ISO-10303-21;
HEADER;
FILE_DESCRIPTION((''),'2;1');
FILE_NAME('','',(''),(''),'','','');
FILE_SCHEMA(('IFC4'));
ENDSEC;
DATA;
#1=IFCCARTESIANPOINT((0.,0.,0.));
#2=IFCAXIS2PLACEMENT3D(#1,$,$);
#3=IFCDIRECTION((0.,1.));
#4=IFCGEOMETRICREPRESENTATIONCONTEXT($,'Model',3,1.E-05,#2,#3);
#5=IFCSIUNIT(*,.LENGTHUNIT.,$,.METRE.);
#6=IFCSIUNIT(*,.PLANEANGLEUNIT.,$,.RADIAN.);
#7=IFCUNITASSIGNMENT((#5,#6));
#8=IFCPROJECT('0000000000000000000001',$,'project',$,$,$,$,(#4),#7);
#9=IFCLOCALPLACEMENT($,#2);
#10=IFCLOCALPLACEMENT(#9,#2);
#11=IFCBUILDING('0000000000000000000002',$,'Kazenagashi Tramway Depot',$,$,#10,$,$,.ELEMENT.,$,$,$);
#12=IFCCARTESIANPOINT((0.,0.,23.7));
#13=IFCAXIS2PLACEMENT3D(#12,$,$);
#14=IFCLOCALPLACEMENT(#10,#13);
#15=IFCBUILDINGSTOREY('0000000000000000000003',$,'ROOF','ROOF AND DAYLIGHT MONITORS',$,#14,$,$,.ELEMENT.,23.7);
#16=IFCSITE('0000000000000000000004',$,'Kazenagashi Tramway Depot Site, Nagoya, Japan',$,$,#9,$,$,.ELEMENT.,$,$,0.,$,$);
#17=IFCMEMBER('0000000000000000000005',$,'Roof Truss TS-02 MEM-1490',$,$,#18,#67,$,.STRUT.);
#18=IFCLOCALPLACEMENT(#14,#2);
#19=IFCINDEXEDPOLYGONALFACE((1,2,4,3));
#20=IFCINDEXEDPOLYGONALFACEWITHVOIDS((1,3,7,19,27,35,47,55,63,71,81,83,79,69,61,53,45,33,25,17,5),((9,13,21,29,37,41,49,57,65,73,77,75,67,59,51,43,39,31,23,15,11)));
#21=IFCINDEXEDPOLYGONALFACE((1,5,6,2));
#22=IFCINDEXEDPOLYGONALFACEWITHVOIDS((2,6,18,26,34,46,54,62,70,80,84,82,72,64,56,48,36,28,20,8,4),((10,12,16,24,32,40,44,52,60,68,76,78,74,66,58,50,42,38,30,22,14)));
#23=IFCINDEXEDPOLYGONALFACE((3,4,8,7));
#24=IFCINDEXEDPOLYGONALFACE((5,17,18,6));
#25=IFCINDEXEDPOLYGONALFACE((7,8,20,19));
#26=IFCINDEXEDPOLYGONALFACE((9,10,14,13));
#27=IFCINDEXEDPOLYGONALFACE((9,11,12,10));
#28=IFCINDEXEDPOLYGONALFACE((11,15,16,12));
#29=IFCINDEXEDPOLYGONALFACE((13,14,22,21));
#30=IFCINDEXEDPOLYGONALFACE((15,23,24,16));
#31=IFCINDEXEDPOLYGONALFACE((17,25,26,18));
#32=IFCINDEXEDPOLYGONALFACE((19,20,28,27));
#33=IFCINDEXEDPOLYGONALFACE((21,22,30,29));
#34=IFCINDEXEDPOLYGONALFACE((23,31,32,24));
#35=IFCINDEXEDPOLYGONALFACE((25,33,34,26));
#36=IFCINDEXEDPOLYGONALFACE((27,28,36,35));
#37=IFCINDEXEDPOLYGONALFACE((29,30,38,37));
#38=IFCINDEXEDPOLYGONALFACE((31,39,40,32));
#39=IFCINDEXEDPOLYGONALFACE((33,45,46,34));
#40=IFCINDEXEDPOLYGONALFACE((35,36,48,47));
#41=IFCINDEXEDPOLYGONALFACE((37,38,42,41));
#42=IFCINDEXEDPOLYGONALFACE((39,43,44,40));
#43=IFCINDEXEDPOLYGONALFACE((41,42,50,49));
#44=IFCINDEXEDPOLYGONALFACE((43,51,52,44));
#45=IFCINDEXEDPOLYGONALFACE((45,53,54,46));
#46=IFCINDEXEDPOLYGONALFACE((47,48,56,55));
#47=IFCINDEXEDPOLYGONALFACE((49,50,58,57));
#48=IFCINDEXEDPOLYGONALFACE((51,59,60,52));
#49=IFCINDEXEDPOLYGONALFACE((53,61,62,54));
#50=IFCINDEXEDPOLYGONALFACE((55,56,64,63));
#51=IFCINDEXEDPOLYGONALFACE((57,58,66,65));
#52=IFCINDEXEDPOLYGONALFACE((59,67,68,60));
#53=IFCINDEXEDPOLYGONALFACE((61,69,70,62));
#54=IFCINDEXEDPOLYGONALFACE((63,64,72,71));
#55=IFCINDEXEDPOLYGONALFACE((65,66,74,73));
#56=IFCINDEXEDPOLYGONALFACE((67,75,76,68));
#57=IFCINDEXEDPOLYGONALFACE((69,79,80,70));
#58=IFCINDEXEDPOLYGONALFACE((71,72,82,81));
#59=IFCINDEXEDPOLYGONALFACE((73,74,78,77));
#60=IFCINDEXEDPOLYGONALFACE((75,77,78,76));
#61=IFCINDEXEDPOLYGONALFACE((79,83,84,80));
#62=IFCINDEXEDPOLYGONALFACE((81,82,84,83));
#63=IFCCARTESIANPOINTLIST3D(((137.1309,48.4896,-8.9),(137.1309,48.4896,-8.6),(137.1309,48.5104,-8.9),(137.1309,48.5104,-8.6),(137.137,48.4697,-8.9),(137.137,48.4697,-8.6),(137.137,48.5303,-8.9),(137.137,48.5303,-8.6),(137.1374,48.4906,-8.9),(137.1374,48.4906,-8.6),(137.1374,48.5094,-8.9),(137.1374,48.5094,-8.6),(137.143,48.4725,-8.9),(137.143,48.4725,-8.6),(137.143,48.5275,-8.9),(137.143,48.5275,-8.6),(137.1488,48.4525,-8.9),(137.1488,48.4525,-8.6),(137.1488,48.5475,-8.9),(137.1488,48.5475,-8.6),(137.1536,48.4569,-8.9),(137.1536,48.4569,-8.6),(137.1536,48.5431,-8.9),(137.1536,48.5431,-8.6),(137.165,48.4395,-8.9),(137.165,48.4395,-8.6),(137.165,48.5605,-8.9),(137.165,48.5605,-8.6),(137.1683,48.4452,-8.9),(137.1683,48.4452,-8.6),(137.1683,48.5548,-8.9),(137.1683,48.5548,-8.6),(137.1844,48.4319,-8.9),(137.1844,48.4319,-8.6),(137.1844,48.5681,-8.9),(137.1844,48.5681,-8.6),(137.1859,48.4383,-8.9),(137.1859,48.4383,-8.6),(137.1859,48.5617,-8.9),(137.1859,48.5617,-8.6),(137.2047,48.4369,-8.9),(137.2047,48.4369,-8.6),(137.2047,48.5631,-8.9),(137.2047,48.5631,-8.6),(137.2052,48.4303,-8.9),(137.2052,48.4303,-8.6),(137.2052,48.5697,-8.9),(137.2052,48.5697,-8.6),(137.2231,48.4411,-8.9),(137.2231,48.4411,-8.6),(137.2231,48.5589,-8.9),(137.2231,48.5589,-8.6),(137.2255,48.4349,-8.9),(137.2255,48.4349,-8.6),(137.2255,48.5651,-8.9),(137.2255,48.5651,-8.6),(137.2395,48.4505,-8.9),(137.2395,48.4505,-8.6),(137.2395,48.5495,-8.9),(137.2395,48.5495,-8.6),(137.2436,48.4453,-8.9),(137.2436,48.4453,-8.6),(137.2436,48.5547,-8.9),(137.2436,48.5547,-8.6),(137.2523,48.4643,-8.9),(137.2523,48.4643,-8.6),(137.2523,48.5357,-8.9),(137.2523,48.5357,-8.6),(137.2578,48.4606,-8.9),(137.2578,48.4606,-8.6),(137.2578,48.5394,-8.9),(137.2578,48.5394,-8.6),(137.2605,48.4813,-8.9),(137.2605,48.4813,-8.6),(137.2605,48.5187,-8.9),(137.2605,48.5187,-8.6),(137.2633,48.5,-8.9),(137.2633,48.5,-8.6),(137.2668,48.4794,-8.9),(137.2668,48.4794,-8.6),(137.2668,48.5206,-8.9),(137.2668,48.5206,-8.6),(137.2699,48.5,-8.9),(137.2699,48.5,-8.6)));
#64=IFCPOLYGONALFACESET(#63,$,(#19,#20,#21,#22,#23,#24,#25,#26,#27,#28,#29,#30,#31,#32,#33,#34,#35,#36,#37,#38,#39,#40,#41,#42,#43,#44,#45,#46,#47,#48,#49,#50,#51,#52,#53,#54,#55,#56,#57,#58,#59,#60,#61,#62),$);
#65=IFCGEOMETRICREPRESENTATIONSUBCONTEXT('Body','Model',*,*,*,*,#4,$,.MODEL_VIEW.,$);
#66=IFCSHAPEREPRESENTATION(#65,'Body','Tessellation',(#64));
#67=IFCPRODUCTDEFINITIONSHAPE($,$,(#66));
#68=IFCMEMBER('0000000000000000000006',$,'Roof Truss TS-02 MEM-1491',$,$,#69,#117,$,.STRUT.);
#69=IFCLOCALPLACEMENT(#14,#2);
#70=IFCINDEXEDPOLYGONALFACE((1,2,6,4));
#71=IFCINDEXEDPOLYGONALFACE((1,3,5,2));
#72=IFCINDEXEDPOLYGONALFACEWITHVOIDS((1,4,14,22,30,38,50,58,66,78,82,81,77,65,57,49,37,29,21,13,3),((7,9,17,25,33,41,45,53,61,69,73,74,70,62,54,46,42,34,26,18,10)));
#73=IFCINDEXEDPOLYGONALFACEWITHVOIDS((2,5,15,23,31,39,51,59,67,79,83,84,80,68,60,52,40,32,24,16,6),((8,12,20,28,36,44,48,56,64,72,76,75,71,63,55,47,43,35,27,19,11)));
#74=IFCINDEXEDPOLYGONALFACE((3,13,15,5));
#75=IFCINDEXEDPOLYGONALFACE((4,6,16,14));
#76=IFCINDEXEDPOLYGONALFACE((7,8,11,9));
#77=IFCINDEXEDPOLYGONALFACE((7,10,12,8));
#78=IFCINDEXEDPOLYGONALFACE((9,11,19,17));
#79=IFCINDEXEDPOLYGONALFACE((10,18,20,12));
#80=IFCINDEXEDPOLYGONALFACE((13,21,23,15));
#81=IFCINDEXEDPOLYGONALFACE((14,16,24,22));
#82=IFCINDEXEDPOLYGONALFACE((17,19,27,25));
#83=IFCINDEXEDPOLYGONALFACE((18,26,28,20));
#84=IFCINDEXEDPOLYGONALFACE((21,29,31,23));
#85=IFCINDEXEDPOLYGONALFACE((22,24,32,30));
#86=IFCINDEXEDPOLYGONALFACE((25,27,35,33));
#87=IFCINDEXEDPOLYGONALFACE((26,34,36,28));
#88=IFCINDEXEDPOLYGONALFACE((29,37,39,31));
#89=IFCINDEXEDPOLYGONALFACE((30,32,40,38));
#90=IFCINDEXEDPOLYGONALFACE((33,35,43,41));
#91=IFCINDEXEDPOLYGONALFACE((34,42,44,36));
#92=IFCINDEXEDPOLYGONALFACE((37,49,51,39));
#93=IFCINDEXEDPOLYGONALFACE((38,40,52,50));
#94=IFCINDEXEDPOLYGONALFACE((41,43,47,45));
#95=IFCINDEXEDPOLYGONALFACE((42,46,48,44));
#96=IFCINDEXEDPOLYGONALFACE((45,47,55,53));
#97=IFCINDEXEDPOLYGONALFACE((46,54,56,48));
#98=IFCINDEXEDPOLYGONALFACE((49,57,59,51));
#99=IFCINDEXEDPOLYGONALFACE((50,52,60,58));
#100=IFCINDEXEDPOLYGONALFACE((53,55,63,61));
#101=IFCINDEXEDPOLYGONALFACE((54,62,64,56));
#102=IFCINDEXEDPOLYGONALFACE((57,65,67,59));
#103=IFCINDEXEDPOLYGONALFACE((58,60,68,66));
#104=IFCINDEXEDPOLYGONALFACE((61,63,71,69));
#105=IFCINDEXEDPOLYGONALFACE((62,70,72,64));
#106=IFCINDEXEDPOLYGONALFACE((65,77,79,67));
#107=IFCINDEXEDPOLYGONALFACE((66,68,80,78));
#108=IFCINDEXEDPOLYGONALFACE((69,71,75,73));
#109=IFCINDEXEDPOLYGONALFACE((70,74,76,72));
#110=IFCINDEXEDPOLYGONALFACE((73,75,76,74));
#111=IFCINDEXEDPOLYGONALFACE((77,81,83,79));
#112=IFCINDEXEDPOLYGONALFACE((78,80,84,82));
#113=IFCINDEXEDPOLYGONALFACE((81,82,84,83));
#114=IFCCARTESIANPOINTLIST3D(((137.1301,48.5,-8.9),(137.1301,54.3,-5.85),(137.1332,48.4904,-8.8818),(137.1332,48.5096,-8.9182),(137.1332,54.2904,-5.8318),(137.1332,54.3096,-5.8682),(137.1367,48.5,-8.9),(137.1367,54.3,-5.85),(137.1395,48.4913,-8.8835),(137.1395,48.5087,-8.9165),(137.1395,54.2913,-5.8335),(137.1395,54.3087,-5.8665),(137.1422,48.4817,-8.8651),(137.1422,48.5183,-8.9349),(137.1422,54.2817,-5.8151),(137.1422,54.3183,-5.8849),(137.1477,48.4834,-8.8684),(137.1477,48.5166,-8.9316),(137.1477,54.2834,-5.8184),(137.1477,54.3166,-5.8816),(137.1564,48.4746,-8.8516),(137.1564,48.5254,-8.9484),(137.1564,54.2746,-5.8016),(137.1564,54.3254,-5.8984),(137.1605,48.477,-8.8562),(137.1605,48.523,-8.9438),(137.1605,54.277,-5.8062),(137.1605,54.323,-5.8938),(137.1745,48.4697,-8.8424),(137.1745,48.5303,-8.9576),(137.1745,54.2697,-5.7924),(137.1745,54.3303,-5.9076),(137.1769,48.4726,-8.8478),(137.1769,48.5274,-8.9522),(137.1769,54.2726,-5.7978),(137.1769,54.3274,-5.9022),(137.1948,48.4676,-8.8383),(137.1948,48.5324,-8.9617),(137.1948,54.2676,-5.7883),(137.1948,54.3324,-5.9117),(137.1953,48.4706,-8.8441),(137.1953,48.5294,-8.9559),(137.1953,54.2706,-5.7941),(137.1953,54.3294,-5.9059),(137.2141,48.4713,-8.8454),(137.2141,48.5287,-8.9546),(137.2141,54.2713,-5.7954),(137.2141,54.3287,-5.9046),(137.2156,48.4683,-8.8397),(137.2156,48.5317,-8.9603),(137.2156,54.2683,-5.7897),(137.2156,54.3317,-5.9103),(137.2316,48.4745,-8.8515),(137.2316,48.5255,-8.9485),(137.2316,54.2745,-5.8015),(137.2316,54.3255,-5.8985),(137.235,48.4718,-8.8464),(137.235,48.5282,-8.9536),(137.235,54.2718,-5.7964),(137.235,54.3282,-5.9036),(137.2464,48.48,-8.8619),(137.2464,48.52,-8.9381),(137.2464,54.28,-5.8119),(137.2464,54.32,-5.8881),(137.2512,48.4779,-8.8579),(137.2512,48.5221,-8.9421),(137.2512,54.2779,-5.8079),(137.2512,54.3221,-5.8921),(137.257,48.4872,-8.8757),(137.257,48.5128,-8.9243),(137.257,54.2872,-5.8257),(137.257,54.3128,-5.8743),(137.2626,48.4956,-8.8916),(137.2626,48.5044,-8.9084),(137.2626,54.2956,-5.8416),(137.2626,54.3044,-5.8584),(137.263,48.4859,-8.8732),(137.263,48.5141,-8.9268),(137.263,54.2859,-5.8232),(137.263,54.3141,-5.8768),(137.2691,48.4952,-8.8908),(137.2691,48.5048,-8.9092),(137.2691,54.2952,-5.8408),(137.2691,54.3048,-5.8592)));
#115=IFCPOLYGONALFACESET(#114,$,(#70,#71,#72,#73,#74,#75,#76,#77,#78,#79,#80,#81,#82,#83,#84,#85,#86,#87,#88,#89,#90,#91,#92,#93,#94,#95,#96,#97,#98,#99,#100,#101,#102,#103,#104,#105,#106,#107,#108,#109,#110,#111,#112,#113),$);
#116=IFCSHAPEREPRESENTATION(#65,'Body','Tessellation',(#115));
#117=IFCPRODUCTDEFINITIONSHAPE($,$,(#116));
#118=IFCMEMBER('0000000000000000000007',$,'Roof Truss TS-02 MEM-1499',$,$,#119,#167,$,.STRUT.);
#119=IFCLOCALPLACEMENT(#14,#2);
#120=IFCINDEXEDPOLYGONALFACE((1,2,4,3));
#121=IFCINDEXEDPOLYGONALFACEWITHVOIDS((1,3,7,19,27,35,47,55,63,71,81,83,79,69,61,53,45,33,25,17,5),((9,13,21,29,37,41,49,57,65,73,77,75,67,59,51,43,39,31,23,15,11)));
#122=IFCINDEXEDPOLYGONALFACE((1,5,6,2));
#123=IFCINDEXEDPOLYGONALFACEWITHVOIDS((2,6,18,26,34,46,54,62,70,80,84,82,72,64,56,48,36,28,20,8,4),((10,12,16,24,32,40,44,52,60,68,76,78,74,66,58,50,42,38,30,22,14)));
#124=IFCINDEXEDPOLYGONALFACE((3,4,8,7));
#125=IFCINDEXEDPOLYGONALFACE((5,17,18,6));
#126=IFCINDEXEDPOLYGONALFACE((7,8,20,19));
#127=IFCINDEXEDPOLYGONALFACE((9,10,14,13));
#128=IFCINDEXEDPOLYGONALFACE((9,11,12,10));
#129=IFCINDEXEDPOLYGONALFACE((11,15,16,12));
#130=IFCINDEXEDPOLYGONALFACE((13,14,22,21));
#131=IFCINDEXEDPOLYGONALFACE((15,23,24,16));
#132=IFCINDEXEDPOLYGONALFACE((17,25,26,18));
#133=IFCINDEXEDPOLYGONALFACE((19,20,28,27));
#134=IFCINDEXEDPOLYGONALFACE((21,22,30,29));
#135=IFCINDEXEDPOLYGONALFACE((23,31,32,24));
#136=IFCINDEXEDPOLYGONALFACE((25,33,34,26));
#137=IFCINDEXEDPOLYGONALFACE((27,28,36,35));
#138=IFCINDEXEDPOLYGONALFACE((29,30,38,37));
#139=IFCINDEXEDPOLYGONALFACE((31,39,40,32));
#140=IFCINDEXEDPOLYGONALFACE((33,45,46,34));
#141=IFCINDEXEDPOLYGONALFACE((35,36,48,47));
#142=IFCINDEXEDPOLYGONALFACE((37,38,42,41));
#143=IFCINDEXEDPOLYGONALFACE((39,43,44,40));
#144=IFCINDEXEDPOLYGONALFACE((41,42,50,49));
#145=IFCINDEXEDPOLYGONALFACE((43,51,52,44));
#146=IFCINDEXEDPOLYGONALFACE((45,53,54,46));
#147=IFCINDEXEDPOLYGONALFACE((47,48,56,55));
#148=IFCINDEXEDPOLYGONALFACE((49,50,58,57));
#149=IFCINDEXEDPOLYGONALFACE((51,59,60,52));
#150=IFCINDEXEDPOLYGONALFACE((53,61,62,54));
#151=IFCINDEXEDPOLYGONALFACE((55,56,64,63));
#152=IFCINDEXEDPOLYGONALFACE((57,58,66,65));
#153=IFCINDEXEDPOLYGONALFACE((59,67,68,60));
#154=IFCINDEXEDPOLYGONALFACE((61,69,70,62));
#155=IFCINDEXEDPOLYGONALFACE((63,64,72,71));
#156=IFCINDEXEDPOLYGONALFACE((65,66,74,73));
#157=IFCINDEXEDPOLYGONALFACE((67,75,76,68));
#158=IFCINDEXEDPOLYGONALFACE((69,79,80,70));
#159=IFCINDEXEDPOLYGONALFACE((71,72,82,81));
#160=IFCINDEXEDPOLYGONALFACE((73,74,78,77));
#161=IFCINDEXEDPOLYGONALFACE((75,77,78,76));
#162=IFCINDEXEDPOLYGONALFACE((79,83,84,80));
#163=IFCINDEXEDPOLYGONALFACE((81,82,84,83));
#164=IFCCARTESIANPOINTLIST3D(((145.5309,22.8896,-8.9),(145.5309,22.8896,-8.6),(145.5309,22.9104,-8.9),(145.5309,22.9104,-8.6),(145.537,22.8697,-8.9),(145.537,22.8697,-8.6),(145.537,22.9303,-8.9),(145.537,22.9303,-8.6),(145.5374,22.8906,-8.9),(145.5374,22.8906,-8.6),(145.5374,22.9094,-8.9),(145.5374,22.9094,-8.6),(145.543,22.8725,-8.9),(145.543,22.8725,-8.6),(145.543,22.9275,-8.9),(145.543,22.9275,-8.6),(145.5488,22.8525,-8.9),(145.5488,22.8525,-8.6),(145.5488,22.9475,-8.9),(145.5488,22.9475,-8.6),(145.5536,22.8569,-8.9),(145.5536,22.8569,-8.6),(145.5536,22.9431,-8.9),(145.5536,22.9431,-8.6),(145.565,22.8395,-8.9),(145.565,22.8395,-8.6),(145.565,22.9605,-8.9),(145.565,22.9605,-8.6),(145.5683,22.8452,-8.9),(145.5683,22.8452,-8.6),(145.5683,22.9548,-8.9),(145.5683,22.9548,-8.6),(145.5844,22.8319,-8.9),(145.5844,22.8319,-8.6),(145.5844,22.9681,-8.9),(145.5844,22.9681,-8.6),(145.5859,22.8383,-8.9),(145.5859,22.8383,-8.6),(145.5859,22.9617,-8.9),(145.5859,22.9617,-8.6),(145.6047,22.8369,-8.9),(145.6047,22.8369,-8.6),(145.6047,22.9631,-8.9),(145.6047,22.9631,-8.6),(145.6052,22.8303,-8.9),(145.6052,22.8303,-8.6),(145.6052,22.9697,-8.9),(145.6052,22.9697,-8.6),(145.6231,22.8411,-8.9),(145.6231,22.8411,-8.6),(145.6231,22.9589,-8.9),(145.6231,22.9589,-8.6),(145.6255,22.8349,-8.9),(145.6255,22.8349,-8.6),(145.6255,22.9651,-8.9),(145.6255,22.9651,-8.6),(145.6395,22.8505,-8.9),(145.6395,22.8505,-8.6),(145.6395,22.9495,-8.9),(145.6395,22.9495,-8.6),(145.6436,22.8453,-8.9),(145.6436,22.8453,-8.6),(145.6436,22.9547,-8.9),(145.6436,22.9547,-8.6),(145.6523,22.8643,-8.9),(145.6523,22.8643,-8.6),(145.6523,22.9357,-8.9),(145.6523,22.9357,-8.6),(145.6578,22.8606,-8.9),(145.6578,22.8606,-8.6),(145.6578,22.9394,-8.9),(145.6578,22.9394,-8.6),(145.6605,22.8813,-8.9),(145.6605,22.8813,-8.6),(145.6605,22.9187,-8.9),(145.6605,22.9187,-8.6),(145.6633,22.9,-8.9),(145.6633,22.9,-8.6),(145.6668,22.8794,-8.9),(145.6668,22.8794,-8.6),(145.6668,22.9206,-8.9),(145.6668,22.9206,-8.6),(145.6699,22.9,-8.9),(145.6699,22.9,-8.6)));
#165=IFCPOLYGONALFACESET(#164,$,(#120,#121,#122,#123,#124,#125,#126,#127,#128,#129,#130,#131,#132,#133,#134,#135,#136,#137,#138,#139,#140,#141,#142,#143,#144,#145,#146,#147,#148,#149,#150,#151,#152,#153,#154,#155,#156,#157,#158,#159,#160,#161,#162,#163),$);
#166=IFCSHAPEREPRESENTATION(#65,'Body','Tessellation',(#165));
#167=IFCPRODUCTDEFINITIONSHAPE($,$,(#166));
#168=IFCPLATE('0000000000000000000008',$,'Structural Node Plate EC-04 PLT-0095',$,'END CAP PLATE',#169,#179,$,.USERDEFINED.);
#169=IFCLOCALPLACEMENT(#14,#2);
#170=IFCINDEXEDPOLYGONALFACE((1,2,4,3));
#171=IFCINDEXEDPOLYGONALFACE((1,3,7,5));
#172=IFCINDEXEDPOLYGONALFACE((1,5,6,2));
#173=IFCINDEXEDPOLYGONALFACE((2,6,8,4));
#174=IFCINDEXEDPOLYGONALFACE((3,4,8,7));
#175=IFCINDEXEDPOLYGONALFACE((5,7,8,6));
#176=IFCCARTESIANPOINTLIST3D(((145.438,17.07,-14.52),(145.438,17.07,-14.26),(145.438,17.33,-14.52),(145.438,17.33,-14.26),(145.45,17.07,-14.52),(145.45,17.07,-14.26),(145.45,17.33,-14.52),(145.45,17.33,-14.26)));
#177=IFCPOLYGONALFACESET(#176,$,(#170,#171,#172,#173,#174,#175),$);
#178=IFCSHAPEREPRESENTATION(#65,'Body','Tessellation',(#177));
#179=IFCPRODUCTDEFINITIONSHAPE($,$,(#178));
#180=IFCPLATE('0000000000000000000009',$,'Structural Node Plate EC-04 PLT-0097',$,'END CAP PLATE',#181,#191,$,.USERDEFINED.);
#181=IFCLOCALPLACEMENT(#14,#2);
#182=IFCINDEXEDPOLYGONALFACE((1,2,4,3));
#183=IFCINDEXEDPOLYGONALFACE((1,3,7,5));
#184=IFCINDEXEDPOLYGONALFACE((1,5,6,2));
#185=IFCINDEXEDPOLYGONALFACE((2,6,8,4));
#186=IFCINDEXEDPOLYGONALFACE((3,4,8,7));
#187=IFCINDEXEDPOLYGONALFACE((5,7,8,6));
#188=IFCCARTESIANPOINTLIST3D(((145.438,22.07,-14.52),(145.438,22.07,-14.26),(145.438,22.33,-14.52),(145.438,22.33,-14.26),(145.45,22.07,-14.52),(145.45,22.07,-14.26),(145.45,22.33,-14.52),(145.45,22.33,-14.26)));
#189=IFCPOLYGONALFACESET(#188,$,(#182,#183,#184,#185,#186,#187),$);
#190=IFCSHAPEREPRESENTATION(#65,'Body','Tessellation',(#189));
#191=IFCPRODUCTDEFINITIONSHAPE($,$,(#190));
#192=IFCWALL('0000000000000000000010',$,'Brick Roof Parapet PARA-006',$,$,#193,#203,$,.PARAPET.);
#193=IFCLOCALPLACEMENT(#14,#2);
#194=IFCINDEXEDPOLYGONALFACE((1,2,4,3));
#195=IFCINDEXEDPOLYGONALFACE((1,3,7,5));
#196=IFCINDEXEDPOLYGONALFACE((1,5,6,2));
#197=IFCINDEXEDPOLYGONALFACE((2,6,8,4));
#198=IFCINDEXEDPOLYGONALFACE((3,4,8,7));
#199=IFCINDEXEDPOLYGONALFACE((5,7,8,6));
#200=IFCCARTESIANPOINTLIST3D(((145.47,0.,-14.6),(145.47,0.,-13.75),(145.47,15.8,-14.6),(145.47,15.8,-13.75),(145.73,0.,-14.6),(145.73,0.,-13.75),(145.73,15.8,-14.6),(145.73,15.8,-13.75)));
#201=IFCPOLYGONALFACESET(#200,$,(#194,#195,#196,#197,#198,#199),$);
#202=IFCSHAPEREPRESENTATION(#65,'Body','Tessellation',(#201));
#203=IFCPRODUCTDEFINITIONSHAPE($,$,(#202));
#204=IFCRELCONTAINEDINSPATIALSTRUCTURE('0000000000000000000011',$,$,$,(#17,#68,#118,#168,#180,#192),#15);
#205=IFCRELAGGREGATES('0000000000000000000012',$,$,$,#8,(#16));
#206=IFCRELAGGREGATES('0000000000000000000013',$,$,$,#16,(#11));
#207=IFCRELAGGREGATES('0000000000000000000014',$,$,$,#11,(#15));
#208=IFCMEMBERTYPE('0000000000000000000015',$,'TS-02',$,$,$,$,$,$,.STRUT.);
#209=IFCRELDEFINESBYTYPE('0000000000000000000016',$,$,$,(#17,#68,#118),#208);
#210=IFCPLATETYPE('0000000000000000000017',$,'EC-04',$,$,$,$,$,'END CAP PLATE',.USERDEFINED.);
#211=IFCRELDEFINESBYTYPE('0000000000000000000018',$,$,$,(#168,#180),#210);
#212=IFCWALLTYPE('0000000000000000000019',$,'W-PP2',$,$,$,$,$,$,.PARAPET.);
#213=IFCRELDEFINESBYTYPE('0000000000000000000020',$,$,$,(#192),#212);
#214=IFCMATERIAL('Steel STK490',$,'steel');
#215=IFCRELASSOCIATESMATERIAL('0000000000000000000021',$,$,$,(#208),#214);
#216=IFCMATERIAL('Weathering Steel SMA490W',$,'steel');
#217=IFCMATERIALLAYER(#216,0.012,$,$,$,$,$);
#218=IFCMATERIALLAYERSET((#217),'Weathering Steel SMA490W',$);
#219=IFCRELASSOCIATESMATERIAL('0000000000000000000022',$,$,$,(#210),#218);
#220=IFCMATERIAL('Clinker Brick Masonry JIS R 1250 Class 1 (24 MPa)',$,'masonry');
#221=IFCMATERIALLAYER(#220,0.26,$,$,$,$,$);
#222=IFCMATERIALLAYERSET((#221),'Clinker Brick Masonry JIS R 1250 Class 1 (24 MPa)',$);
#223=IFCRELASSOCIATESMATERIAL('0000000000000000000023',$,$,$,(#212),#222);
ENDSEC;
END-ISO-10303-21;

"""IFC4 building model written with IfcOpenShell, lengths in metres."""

from ifc_helpers import new_model, si_unit, direction, frame, frame_2d, origin, origin_2d, place, context, subcontext, project, spatial, rectangle, hollow_circle, extrude, material, layer, layer_set, material_profile, profile_set, type_object, element, save


model = new_model("IFC4")

# Units and contexts
model_context = context("Model", 3, precision=1e-05, world=origin(), true_north=direction((0.0, 1.0)))
body_context = subcontext(model_context, "Body", "Model", "MODEL_VIEW")
ifc_project = project(units=[si_unit("LENGTHUNIT", "METRE"), si_unit("PLANEANGLEUNIT", "RADIAN")], contexts=[model_context])

# Site, building, storey
site_placement = place(None, origin())
site = spatial("IfcSite", under=ifc_project, at=site_placement, Name="Kazenagashi Tramway Depot Site, Nagoya, Japan", CompositionType="ELEMENT", RefElevation=0.0)
building_placement = place(site_placement, origin())
building = spatial("IfcBuilding", under=site, at=building_placement, Name="Kazenagashi Tramway Depot", CompositionType="ELEMENT")
storey_placement = place(building_placement, frame((0.0, 0.0, 23.7)))
storey = spatial("IfcBuildingStorey", under=building, at=storey_placement, Name="ROOF", Description="ROOF AND DAYLIGHT MONITORS", CompositionType="ELEMENT", Elevation=23.7)

# Members
ifc_material_1 = material(Name="Steel STK490", Category="steel")
ifc_material_2 = material(Name="Weathering Steel SMA490W", Category="steel")
ifc_material_profile_1 = material_profile(ifc_material_1, hollow_circle(Radius=0.0699, WallThickness=0.0066, at=origin_2d()), Name="CHS-139.8x6.6")
ifc_profile_set_1 = profile_set([ifc_material_profile_1], Name="Steel STK490")
member_type_1 = type_object("IfcMemberType", Name="TS-02", PredefinedType="STRUT", material=ifc_profile_set_1)
member_1_placement = place(storey_placement, frame((137.2, 48.5, -8.9), z_axis=(0.0, 0.0, 1.0), x_axis=(1.0, 0.0, 0.0)))
element("IfcMember", 1, at=member_1_placement, inside=storey, type_object=member_type_1, Name="Roof Truss TS-02 MEM-1490", PredefinedType="STRUT", context=body_context, shape_type="SweptSolid", body=[
    extrude(hollow_circle(Radius=0.0699, WallThickness=0.0066, at=origin_2d()), origin(), (0.0, 0.0, 1.0), 0.3),
])
member_2_placement = place(storey_placement, frame((137.2, 48.5, -8.9), z_axis=(0.0, 0.885084, 0.465432), x_axis=(-1.0, 0.0, 0.0)))
element("IfcMember", 2, at=member_2_placement, inside=storey, type_object=member_type_1, Name="Roof Truss TS-02 MEM-1491", PredefinedType="STRUT", context=body_context, shape_type="SweptSolid", body=[
    extrude(hollow_circle(Radius=0.0699, WallThickness=0.0066, at=origin_2d()), origin(), (0.0, 0.0, 1.0), 6.5531),
])
member_3_placement = place(storey_placement, frame((145.6, 22.9, -8.9), z_axis=(0.0, 0.0, 1.0), x_axis=(1.0, 0.0, 0.0)))
element("IfcMember", 3, at=member_3_placement, inside=storey, type_object=member_type_1, Name="Roof Truss TS-02 MEM-1499", PredefinedType="STRUT", context=body_context, shape_type="SweptSolid", body=[
    extrude(hollow_circle(Radius=0.0699, WallThickness=0.0066, at=origin_2d()), origin(), (0.0, 0.0, 1.0), 0.3),
])

# Plates
ifc_layer_1 = layer(ifc_material_2, 0.012)
ifc_layer_set_1 = layer_set([ifc_layer_1], Name="Weathering Steel SMA490W")
plate_type = type_object("IfcPlateType", Name="EC-04", ElementType="END CAP PLATE", PredefinedType="USERDEFINED", material=ifc_layer_set_1)
for number, where, z_axis, x_axis, name in (
    (4, (145.444, 17.2, -14.52), (0.0, 0.0, 1.0), (0.0, 1.0, 0.0), "Structural Node Plate EC-04 PLT-0095"),
    (5, (145.444, 22.2, -14.52), (0.0, 0.0, 1.0), (0.0, 1.0, 0.0), "Structural Node Plate EC-04 PLT-0097"),
):
    element("IfcPlate", number, at=place(storey_placement, frame(where, z_axis=z_axis, x_axis=x_axis)), inside=storey, type_object=plate_type, Name=name, ObjectType="END CAP PLATE", PredefinedType="USERDEFINED", context=body_context, shape_type="SweptSolid", body=[
        extrude(rectangle(XDim=0.26, YDim=0.012, at=origin_2d()), origin(), (0.0, 0.0, 1.0), 0.26),
    ])

# Wall
ifc_material_3 = material(Name="Clinker Brick Masonry JIS R 1250 Class 1 (24 MPa)", Category="masonry")
ifc_layer_2 = layer(ifc_material_3, 0.26)
ifc_layer_set_2 = layer_set([ifc_layer_2], Name="Clinker Brick Masonry JIS R 1250 Class 1 (24 MPa)")
wall_type = type_object("IfcWallType", Name="W-PP2", PredefinedType="PARAPET", material=ifc_layer_set_2)
wall_1_placement = place(storey_placement, frame((145.6, 0.0, -14.6), z_axis=(0.0, 0.0, 1.0), x_axis=(0.0, 1.0, 0.0)))
element("IfcWall", 6, at=wall_1_placement, inside=storey, type_object=wall_type, Name="Brick Roof Parapet PARA-006", PredefinedType="PARAPET", context=body_context, shape_type="SweptSolid", body=[
    extrude(rectangle(XDim=15.8, YDim=0.26, at=frame_2d((7.9, 0.0))), origin(), (0.0, 0.0, 1.0), 0.85),
])

save(model, "model.ifc")
